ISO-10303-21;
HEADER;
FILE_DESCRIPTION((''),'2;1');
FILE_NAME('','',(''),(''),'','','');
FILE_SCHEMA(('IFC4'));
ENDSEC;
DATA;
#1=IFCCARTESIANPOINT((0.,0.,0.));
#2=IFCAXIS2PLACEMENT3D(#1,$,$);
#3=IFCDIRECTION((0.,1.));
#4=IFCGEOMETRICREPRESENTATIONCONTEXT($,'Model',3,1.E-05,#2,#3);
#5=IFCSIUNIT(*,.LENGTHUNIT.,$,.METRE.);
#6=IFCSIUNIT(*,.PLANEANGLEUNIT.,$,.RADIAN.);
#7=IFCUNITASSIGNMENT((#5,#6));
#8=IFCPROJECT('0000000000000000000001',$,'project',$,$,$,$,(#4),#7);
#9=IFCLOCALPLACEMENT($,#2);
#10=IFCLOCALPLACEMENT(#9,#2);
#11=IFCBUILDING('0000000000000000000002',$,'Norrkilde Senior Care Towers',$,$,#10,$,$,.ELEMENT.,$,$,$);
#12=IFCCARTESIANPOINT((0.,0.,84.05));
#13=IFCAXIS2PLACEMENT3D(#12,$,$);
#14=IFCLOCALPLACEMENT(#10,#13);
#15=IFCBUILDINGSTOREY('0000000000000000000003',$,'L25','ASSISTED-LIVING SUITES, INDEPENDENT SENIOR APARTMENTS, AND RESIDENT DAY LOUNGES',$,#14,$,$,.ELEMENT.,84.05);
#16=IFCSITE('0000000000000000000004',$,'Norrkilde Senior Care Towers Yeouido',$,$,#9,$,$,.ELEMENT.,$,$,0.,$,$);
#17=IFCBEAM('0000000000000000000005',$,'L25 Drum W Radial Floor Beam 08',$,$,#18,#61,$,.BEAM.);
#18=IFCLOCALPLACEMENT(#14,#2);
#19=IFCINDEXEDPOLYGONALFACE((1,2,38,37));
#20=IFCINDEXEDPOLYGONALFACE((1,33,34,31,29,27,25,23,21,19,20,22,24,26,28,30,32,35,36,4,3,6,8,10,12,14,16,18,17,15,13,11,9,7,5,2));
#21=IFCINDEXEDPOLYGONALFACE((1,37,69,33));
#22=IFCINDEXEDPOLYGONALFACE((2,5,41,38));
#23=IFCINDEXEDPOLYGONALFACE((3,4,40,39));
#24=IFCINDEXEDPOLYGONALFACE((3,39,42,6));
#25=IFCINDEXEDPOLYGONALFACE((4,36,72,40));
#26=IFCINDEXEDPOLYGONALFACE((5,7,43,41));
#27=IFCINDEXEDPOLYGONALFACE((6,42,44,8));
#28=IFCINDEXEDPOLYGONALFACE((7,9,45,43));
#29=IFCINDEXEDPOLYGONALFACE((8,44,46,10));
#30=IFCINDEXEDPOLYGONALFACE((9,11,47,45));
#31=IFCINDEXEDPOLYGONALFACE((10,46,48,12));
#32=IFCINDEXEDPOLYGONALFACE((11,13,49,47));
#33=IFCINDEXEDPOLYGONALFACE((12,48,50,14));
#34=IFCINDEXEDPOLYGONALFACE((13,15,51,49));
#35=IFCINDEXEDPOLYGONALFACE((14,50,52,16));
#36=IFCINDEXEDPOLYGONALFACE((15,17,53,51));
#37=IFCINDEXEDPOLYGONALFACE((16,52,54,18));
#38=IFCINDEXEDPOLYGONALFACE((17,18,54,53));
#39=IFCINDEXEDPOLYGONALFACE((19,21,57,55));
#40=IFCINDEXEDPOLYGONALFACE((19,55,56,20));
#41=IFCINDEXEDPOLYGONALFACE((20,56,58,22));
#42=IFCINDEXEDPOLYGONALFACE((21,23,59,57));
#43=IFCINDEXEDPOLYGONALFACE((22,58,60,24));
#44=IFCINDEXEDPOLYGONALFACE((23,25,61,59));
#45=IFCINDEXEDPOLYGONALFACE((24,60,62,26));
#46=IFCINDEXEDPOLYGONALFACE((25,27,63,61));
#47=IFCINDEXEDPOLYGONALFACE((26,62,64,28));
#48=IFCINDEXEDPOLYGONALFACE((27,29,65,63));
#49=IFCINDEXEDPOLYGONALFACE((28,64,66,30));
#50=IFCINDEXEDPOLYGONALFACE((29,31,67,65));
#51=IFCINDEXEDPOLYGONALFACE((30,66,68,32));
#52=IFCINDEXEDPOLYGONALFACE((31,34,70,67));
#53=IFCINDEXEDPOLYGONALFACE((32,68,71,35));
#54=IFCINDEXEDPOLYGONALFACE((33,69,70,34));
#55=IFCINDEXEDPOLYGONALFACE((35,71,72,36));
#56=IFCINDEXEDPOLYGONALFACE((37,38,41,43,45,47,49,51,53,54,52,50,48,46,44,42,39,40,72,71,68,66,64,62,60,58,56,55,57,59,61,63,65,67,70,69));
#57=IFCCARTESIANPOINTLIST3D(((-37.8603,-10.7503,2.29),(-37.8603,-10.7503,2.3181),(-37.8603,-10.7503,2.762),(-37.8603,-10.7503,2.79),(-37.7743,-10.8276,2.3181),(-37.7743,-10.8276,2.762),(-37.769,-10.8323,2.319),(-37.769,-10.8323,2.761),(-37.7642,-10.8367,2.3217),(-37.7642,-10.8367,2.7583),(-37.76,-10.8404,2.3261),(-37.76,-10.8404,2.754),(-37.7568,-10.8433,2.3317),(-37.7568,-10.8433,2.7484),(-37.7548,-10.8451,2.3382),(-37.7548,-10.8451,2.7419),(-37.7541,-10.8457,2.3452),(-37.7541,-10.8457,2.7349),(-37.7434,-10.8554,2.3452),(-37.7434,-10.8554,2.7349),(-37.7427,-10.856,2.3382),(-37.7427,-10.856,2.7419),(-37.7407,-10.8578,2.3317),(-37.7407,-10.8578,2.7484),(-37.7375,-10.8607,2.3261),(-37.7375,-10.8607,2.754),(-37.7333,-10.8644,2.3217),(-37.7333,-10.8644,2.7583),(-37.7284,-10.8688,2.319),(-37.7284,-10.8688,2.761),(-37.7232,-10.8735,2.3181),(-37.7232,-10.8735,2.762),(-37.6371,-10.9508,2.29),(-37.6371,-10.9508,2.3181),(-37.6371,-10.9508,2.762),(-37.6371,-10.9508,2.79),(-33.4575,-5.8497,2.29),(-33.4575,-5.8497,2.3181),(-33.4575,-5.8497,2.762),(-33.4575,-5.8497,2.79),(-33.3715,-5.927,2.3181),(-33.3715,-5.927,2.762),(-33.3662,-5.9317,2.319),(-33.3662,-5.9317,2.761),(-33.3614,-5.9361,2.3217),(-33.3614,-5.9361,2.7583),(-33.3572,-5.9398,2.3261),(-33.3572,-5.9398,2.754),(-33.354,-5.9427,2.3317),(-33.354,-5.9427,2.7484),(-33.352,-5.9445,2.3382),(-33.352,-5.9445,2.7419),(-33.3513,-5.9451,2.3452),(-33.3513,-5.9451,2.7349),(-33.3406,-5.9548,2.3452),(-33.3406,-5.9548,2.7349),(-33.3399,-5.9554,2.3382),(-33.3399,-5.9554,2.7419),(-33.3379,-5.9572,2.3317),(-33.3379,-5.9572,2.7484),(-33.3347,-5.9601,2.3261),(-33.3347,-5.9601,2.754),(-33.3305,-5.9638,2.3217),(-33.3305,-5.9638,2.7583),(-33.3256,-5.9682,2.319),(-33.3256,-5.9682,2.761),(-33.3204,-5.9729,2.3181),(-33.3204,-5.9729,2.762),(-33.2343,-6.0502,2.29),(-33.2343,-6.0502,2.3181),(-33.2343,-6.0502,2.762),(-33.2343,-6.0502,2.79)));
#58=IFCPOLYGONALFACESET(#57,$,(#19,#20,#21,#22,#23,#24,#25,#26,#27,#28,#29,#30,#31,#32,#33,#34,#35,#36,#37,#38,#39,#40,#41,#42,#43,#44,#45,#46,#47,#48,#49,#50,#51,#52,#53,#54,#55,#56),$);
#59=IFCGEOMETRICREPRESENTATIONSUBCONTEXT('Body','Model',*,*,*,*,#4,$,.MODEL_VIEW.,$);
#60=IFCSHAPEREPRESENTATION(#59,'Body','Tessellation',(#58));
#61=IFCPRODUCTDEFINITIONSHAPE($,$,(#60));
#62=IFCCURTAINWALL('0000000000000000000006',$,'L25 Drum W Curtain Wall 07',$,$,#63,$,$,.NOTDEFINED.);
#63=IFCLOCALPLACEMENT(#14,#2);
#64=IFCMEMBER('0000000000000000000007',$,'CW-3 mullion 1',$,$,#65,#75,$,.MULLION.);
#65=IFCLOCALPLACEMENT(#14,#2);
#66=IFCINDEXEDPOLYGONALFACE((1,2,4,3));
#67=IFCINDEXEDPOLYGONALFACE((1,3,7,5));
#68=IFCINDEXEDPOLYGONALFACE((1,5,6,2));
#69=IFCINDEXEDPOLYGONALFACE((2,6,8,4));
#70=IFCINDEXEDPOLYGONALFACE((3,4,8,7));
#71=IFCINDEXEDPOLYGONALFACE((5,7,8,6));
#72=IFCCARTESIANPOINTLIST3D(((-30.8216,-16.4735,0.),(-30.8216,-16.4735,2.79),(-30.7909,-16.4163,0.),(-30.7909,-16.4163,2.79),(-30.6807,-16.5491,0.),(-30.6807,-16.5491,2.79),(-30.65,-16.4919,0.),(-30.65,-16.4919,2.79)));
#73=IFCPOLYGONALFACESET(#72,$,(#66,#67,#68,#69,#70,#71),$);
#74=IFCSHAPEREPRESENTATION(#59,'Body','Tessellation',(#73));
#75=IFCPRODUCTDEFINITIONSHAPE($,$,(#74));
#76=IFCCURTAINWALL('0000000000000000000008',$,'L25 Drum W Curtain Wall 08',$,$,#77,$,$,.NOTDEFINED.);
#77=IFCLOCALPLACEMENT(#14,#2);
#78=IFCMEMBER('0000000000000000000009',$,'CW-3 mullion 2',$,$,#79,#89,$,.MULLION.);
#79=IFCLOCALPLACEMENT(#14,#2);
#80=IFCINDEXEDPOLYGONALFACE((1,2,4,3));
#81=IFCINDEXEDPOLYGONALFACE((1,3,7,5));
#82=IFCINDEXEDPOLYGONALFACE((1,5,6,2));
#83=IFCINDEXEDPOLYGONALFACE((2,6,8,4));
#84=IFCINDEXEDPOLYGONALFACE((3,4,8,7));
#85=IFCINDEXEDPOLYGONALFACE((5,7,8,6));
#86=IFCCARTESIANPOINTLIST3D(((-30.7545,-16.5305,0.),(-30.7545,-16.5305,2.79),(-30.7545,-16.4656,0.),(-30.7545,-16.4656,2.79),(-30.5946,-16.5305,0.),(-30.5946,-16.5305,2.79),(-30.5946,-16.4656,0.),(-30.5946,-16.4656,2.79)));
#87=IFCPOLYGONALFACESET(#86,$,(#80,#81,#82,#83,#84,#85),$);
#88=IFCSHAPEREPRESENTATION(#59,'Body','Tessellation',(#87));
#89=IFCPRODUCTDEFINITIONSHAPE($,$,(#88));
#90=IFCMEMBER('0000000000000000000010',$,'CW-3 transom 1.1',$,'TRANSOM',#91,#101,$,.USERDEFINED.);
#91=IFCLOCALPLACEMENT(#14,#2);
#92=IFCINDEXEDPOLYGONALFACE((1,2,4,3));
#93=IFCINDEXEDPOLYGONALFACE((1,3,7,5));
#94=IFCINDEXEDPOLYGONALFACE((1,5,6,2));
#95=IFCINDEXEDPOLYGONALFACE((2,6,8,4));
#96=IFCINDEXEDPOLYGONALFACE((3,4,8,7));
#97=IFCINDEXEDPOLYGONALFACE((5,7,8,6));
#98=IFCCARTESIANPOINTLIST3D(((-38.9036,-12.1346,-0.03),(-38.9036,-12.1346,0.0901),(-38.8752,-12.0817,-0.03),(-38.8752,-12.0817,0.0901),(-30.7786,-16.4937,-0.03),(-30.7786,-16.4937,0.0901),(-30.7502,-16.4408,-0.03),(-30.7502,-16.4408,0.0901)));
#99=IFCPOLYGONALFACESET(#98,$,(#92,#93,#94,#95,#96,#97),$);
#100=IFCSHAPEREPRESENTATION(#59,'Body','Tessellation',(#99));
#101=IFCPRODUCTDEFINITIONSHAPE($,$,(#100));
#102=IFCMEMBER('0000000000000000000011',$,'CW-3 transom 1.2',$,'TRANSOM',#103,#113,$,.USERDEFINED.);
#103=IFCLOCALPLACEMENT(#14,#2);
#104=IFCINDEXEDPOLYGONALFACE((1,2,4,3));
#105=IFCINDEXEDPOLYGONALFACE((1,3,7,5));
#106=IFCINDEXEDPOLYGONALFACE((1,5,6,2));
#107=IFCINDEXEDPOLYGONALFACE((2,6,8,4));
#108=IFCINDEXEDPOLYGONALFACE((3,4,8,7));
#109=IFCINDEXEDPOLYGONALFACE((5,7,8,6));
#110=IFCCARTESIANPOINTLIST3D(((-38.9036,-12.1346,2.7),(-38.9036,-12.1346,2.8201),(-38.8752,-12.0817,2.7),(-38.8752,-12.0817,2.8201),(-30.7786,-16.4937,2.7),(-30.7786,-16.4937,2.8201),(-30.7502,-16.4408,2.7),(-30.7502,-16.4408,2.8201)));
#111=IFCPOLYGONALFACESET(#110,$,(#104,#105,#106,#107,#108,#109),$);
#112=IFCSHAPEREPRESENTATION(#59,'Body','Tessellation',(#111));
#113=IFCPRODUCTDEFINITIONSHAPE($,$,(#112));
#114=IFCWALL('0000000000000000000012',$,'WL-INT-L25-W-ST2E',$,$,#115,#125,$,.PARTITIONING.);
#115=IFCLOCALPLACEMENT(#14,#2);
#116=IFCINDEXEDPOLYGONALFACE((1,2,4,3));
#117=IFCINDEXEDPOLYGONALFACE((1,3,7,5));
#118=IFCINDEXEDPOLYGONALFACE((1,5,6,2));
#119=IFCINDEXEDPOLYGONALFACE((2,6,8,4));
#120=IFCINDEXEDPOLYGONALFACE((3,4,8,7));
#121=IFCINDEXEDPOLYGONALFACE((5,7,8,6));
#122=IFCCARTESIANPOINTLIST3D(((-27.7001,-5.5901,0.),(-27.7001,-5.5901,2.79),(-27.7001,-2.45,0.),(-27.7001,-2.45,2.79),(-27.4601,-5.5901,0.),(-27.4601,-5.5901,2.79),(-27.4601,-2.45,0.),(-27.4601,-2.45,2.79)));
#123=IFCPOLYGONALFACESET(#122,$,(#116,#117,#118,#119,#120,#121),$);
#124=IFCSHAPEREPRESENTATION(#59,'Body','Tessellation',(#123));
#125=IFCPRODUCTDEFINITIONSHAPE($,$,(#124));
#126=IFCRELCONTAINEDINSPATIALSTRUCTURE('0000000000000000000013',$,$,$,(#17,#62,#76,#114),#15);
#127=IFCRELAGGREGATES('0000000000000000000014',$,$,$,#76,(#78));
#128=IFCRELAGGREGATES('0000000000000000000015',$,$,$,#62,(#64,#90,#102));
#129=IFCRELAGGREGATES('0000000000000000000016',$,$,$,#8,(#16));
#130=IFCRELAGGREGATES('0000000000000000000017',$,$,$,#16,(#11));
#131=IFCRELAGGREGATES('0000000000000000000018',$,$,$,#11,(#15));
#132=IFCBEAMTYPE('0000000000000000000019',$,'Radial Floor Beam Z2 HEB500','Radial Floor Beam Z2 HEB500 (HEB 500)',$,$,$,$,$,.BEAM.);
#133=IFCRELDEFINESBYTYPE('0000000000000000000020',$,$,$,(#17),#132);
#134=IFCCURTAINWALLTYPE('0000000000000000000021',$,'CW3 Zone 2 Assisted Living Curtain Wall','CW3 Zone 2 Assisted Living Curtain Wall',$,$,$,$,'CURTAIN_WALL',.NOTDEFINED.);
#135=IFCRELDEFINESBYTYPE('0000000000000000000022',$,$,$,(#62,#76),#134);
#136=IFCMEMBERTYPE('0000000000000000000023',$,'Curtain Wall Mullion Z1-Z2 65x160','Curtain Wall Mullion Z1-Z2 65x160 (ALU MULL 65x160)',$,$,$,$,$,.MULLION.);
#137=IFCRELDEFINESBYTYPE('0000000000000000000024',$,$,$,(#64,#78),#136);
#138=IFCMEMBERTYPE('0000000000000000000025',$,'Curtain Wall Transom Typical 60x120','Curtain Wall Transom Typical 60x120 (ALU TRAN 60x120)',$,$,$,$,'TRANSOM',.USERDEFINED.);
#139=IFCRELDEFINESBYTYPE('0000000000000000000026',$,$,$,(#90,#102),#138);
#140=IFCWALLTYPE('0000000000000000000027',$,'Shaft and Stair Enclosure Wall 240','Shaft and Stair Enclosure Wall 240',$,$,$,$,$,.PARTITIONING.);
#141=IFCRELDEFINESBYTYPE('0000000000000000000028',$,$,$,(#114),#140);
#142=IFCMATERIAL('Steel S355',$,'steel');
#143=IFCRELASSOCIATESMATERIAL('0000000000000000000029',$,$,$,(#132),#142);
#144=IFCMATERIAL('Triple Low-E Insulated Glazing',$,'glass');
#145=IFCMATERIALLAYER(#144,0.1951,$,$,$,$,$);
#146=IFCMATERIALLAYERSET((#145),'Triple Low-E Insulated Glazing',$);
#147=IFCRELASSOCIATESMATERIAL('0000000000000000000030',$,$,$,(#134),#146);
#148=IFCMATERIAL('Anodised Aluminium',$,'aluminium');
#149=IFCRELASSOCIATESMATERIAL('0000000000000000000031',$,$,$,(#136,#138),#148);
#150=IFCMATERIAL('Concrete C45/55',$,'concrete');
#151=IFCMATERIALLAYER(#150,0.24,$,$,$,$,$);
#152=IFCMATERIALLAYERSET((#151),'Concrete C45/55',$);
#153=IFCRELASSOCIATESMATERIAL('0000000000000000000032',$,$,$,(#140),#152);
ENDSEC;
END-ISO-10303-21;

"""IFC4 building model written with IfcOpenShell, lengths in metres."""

from ifc_helpers import new_model, si_unit, direction, frame, frame_2d, origin, origin_2d, place, context, subcontext, project, spatial, rectangle, i_section, extrude, source, transform, mapped, material, layer, layer_set, material_profile, profile_set, type_object, type_shapes, element, aggregate, save


model = new_model("IFC4")

# Units and contexts
model_context = context("Model", 3, precision=1e-05, world=origin(), true_north=direction((0.0, 1.0)))
body_context = subcontext(model_context, "Body", "Model", "MODEL_VIEW")
ifc_project = project(units=[si_unit("LENGTHUNIT", "METRE"), si_unit("PLANEANGLEUNIT", "RADIAN")], contexts=[model_context])

# Site, building, storey
site_placement = place(None, origin())
site = spatial("IfcSite", under=ifc_project, at=site_placement, Name="Norrkilde Senior Care Towers Yeouido", CompositionType="ELEMENT", RefElevation=0.0)
building_placement = place(site_placement, origin())
building = spatial("IfcBuilding", under=site, at=building_placement, Name="Norrkilde Senior Care Towers", CompositionType="ELEMENT")
storey_placement = place(building_placement, frame((0.0, 0.0, 84.05)))
storey = spatial("IfcBuildingStorey", under=building, at=storey_placement, Name="L25", Description="ASSISTED-LIVING SUITES, INDEPENDENT SENIOR APARTMENTS, AND RESIDENT DAY LOUNGES", CompositionType="ELEMENT", Elevation=84.05)

# Beam
ifc_material_1 = material(Name="Steel S355", Category="steel")
ifc_material_profile_1 = material_profile(ifc_material_1, i_section(OverallWidth=0.3, OverallDepth=0.5, WebThickness=0.0144, FlangeThickness=0.0281, FilletRadius=0.0271, at=origin_2d()), Name="HEB 500")
ifc_profile_set_1 = profile_set([ifc_material_profile_1], Name="Steel S355")
beam_type_1 = type_object("IfcBeamType", Name="Radial Floor Beam Z2 HEB500", Description="Radial Floor Beam Z2 HEB500 (HEB 500)", PredefinedType="BEAM", material=ifc_profile_set_1)
shared_shape_1 = source(origin(), body_context, "Body", "SweptSolid", [
    extrude(i_section(OverallWidth=0.3, OverallDepth=0.5, WebThickness=0.0144, FlangeThickness=0.0281, FilletRadius=0.0271, at=origin_2d()), origin(), (0.0, 0.0, 1.0), 6.5879),
])
beam_1_placement = place(storey_placement, frame((-33.3459, -5.95, 2.54), z_axis=(-0.668315, -0.743878, 0.0), x_axis=(0.743878, -0.668315, 0.0)))
element("IfcBeam", 1, at=beam_1_placement, inside=storey, type_object=beam_type_1, Name="L25 Drum W Radial Floor Beam 08", PredefinedType="BEAM", context=body_context, shape_type="MappedRepresentation", body=[
    mapped(shared_shape_1, transform((0.0, 0.0, 0.0), x_axis=(1.0, 0.0, 0.0), y_axis=(0.0, 1.0, 0.0), z_axis=(0.0, 0.0, 1.0), scale=1.0)),
])

# Curtain walls, members
ifc_material_2 = material(Name="Triple Low-E Insulated Glazing", Category="glass")
ifc_layer_1 = layer(ifc_material_2, 0.1951)
ifc_layer_set_1 = layer_set([ifc_layer_1], Name="Triple Low-E Insulated Glazing")
curtain_wall_type = type_object("IfcCurtainWallType", Name="CW3 Zone 2 Assisted Living Curtain Wall", Description="CW3 Zone 2 Assisted Living Curtain Wall", ElementType="CURTAIN_WALL", PredefinedType="NOTDEFINED", material=ifc_layer_set_1)
curtain_wall_1_placement = place(storey_placement, origin())
curtain_wall_1 = element("IfcCurtainWall", 2, at=curtain_wall_1_placement, inside=storey, type_object=curtain_wall_type, Name="L25 Drum W Curtain Wall 07", PredefinedType="NOTDEFINED")
ifc_material_3 = material(Name="Anodised Aluminium", Category="aluminium")
ifc_material_profile_2 = material_profile(ifc_material_3, rectangle(XDim=0.0649, YDim=0.1599, at=origin_2d()), Name="ALU MULL 65x160")
ifc_profile_set_2 = profile_set([ifc_material_profile_2], Name="Anodised Aluminium")
member_type_1 = type_object("IfcMemberType", Name="Curtain Wall Mullion Z1-Z2 65x160", Description="Curtain Wall Mullion Z1-Z2 65x160 (ALU MULL 65x160)", PredefinedType="MULLION", material=ifc_profile_set_2)
shared_shape_2 = source(origin(), body_context, "Body", "SweptSolid", [
    extrude(rectangle(XDim=0.0649, YDim=0.1599, at=origin_2d()), origin(), (0.0, 0.0, 1.0), 2.79),
])
type_shapes(member_type_1, [shared_shape_2])
member_1_placement = place(storey_placement, frame((-30.7358, -16.4827, 0.0), z_axis=(0.0, 0.0, 1.0), x_axis=(-0.472769, -0.881186, 0.0)))
member_1 = element("IfcMember", 3, at=member_1_placement, type_object=member_type_1, Name="CW-3 mullion 1", PredefinedType="MULLION", context=body_context, shape_type="MappedRepresentation", body=[
    mapped(shared_shape_2, transform((0.0, 0.0, 0.0), x_axis=(1.0, 0.0, 0.0), y_axis=(0.0, 1.0, 0.0), z_axis=(0.0, 0.0, 1.0), scale=1.0)),
])
curtain_wall_2_placement = place(storey_placement, origin())
curtain_wall_2 = element("IfcCurtainWall", 4, at=curtain_wall_2_placement, inside=storey, type_object=curtain_wall_type, Name="L25 Drum W Curtain Wall 08", PredefinedType="NOTDEFINED")
member_2_placement = place(storey_placement, frame((-30.6746, -16.498, 0.0), z_axis=(0.0, 0.0, 1.0), x_axis=(0.0, -1.0, 0.0)))
member_2 = element("IfcMember", 5, at=member_2_placement, type_object=member_type_1, Name="CW-3 mullion 2", PredefinedType="MULLION", context=body_context, shape_type="MappedRepresentation", body=[
    mapped(shared_shape_2, transform((0.0, 0.0, 0.0), x_axis=(1.0, 0.0, 0.0), y_axis=(0.0, 1.0, 0.0), z_axis=(0.0, 0.0, 1.0), scale=1.0)),
])
aggregate(curtain_wall_2, [member_2])

# Members
ifc_material_profile_3 = material_profile(ifc_material_3, rectangle(XDim=0.0601, YDim=0.1201, at=origin_2d()), Name="ALU TRAN 60x120")
ifc_profile_set_3 = profile_set([ifc_material_profile_3], Name="Anodised Aluminium")
member_type_2 = type_object("IfcMemberType", Name="Curtain Wall Transom Typical 60x120", Description="Curtain Wall Transom Typical 60x120 (ALU TRAN 60x120)", ElementType="TRANSOM", PredefinedType="USERDEFINED", material=ifc_profile_set_3)
shared_shape_3 = source(origin(), body_context, "Body", "SweptSolid", [
    extrude(rectangle(XDim=0.0601, YDim=0.1201, at=origin_2d()), origin(), (0.0, 0.0, 1.0), 9.2205),
])
type_shapes(member_type_2, [shared_shape_3])
member_3_placement = place(storey_placement, frame((-30.7644, -16.4673, 0.03), z_axis=(-0.881189, 0.472765, 0.0), x_axis=(-0.472765, -0.881189, 0.0)))
member_3 = element("IfcMember", 6, at=member_3_placement, type_object=member_type_2, Name="CW-3 transom 1.1", ObjectType="TRANSOM", PredefinedType="USERDEFINED", context=body_context, shape_type="MappedRepresentation", body=[
    mapped(shared_shape_3, transform((0.0, 0.0, 0.0), x_axis=(1.0, 0.0, 0.0), y_axis=(0.0, 1.0, 0.0), z_axis=(0.0, 0.0, 1.0), scale=1.0)),
])
member_4_placement = place(storey_placement, frame((-30.7644, -16.4673, 2.76), z_axis=(-0.881189, 0.472765, 0.0), x_axis=(-0.472765, -0.881189, 0.0)))
member_4 = element("IfcMember", 7, at=member_4_placement, type_object=member_type_2, Name="CW-3 transom 1.2", ObjectType="TRANSOM", PredefinedType="USERDEFINED", context=body_context, shape_type="MappedRepresentation", body=[
    mapped(shared_shape_3, transform((0.0, 0.0, 0.0), x_axis=(1.0, 0.0, 0.0), y_axis=(0.0, 1.0, 0.0), z_axis=(0.0, 0.0, 1.0), scale=1.0)),
])
aggregate(curtain_wall_1, [member_1, member_3, member_4])

# Wall
ifc_material_4 = material(Name="Concrete C45/55", Category="concrete")
ifc_layer_2 = layer(ifc_material_4, 0.24)
ifc_layer_set_2 = layer_set([ifc_layer_2], Name="Concrete C45/55")
wall_type_1 = type_object("IfcWallType", Name="Shaft and Stair Enclosure Wall 240", Description="Shaft and Stair Enclosure Wall 240", PredefinedType="PARTITIONING", material=ifc_layer_set_2)
shared_shape_4 = source(origin(), body_context, "Body", "SweptSolid", [
    extrude(rectangle(XDim=3.1401, YDim=0.24, at=frame_2d((1.5701, 0.0))), origin(), (0.0, 0.0, 1.0), 2.79),
])
type_shapes(wall_type_1, [shared_shape_4])
wall_1_placement = place(storey_placement, frame((-27.5801, -5.5901, 0.0), z_axis=(0.0, 0.0, 1.0), x_axis=(0.0, 1.0, 0.0)))
element("IfcWall", 8, at=wall_1_placement, inside=storey, type_object=wall_type_1, Name="WL-INT-L25-W-ST2E", PredefinedType="PARTITIONING", context=body_context, shape_type="MappedRepresentation", body=[
    mapped(shared_shape_4, transform((0.0, 0.0, 0.0), x_axis=(1.0, 0.0, 0.0), y_axis=(0.0, 1.0, 0.0), z_axis=(0.0, 0.0, 1.0), scale=1.0)),
])

save(model, "model.ifc")
